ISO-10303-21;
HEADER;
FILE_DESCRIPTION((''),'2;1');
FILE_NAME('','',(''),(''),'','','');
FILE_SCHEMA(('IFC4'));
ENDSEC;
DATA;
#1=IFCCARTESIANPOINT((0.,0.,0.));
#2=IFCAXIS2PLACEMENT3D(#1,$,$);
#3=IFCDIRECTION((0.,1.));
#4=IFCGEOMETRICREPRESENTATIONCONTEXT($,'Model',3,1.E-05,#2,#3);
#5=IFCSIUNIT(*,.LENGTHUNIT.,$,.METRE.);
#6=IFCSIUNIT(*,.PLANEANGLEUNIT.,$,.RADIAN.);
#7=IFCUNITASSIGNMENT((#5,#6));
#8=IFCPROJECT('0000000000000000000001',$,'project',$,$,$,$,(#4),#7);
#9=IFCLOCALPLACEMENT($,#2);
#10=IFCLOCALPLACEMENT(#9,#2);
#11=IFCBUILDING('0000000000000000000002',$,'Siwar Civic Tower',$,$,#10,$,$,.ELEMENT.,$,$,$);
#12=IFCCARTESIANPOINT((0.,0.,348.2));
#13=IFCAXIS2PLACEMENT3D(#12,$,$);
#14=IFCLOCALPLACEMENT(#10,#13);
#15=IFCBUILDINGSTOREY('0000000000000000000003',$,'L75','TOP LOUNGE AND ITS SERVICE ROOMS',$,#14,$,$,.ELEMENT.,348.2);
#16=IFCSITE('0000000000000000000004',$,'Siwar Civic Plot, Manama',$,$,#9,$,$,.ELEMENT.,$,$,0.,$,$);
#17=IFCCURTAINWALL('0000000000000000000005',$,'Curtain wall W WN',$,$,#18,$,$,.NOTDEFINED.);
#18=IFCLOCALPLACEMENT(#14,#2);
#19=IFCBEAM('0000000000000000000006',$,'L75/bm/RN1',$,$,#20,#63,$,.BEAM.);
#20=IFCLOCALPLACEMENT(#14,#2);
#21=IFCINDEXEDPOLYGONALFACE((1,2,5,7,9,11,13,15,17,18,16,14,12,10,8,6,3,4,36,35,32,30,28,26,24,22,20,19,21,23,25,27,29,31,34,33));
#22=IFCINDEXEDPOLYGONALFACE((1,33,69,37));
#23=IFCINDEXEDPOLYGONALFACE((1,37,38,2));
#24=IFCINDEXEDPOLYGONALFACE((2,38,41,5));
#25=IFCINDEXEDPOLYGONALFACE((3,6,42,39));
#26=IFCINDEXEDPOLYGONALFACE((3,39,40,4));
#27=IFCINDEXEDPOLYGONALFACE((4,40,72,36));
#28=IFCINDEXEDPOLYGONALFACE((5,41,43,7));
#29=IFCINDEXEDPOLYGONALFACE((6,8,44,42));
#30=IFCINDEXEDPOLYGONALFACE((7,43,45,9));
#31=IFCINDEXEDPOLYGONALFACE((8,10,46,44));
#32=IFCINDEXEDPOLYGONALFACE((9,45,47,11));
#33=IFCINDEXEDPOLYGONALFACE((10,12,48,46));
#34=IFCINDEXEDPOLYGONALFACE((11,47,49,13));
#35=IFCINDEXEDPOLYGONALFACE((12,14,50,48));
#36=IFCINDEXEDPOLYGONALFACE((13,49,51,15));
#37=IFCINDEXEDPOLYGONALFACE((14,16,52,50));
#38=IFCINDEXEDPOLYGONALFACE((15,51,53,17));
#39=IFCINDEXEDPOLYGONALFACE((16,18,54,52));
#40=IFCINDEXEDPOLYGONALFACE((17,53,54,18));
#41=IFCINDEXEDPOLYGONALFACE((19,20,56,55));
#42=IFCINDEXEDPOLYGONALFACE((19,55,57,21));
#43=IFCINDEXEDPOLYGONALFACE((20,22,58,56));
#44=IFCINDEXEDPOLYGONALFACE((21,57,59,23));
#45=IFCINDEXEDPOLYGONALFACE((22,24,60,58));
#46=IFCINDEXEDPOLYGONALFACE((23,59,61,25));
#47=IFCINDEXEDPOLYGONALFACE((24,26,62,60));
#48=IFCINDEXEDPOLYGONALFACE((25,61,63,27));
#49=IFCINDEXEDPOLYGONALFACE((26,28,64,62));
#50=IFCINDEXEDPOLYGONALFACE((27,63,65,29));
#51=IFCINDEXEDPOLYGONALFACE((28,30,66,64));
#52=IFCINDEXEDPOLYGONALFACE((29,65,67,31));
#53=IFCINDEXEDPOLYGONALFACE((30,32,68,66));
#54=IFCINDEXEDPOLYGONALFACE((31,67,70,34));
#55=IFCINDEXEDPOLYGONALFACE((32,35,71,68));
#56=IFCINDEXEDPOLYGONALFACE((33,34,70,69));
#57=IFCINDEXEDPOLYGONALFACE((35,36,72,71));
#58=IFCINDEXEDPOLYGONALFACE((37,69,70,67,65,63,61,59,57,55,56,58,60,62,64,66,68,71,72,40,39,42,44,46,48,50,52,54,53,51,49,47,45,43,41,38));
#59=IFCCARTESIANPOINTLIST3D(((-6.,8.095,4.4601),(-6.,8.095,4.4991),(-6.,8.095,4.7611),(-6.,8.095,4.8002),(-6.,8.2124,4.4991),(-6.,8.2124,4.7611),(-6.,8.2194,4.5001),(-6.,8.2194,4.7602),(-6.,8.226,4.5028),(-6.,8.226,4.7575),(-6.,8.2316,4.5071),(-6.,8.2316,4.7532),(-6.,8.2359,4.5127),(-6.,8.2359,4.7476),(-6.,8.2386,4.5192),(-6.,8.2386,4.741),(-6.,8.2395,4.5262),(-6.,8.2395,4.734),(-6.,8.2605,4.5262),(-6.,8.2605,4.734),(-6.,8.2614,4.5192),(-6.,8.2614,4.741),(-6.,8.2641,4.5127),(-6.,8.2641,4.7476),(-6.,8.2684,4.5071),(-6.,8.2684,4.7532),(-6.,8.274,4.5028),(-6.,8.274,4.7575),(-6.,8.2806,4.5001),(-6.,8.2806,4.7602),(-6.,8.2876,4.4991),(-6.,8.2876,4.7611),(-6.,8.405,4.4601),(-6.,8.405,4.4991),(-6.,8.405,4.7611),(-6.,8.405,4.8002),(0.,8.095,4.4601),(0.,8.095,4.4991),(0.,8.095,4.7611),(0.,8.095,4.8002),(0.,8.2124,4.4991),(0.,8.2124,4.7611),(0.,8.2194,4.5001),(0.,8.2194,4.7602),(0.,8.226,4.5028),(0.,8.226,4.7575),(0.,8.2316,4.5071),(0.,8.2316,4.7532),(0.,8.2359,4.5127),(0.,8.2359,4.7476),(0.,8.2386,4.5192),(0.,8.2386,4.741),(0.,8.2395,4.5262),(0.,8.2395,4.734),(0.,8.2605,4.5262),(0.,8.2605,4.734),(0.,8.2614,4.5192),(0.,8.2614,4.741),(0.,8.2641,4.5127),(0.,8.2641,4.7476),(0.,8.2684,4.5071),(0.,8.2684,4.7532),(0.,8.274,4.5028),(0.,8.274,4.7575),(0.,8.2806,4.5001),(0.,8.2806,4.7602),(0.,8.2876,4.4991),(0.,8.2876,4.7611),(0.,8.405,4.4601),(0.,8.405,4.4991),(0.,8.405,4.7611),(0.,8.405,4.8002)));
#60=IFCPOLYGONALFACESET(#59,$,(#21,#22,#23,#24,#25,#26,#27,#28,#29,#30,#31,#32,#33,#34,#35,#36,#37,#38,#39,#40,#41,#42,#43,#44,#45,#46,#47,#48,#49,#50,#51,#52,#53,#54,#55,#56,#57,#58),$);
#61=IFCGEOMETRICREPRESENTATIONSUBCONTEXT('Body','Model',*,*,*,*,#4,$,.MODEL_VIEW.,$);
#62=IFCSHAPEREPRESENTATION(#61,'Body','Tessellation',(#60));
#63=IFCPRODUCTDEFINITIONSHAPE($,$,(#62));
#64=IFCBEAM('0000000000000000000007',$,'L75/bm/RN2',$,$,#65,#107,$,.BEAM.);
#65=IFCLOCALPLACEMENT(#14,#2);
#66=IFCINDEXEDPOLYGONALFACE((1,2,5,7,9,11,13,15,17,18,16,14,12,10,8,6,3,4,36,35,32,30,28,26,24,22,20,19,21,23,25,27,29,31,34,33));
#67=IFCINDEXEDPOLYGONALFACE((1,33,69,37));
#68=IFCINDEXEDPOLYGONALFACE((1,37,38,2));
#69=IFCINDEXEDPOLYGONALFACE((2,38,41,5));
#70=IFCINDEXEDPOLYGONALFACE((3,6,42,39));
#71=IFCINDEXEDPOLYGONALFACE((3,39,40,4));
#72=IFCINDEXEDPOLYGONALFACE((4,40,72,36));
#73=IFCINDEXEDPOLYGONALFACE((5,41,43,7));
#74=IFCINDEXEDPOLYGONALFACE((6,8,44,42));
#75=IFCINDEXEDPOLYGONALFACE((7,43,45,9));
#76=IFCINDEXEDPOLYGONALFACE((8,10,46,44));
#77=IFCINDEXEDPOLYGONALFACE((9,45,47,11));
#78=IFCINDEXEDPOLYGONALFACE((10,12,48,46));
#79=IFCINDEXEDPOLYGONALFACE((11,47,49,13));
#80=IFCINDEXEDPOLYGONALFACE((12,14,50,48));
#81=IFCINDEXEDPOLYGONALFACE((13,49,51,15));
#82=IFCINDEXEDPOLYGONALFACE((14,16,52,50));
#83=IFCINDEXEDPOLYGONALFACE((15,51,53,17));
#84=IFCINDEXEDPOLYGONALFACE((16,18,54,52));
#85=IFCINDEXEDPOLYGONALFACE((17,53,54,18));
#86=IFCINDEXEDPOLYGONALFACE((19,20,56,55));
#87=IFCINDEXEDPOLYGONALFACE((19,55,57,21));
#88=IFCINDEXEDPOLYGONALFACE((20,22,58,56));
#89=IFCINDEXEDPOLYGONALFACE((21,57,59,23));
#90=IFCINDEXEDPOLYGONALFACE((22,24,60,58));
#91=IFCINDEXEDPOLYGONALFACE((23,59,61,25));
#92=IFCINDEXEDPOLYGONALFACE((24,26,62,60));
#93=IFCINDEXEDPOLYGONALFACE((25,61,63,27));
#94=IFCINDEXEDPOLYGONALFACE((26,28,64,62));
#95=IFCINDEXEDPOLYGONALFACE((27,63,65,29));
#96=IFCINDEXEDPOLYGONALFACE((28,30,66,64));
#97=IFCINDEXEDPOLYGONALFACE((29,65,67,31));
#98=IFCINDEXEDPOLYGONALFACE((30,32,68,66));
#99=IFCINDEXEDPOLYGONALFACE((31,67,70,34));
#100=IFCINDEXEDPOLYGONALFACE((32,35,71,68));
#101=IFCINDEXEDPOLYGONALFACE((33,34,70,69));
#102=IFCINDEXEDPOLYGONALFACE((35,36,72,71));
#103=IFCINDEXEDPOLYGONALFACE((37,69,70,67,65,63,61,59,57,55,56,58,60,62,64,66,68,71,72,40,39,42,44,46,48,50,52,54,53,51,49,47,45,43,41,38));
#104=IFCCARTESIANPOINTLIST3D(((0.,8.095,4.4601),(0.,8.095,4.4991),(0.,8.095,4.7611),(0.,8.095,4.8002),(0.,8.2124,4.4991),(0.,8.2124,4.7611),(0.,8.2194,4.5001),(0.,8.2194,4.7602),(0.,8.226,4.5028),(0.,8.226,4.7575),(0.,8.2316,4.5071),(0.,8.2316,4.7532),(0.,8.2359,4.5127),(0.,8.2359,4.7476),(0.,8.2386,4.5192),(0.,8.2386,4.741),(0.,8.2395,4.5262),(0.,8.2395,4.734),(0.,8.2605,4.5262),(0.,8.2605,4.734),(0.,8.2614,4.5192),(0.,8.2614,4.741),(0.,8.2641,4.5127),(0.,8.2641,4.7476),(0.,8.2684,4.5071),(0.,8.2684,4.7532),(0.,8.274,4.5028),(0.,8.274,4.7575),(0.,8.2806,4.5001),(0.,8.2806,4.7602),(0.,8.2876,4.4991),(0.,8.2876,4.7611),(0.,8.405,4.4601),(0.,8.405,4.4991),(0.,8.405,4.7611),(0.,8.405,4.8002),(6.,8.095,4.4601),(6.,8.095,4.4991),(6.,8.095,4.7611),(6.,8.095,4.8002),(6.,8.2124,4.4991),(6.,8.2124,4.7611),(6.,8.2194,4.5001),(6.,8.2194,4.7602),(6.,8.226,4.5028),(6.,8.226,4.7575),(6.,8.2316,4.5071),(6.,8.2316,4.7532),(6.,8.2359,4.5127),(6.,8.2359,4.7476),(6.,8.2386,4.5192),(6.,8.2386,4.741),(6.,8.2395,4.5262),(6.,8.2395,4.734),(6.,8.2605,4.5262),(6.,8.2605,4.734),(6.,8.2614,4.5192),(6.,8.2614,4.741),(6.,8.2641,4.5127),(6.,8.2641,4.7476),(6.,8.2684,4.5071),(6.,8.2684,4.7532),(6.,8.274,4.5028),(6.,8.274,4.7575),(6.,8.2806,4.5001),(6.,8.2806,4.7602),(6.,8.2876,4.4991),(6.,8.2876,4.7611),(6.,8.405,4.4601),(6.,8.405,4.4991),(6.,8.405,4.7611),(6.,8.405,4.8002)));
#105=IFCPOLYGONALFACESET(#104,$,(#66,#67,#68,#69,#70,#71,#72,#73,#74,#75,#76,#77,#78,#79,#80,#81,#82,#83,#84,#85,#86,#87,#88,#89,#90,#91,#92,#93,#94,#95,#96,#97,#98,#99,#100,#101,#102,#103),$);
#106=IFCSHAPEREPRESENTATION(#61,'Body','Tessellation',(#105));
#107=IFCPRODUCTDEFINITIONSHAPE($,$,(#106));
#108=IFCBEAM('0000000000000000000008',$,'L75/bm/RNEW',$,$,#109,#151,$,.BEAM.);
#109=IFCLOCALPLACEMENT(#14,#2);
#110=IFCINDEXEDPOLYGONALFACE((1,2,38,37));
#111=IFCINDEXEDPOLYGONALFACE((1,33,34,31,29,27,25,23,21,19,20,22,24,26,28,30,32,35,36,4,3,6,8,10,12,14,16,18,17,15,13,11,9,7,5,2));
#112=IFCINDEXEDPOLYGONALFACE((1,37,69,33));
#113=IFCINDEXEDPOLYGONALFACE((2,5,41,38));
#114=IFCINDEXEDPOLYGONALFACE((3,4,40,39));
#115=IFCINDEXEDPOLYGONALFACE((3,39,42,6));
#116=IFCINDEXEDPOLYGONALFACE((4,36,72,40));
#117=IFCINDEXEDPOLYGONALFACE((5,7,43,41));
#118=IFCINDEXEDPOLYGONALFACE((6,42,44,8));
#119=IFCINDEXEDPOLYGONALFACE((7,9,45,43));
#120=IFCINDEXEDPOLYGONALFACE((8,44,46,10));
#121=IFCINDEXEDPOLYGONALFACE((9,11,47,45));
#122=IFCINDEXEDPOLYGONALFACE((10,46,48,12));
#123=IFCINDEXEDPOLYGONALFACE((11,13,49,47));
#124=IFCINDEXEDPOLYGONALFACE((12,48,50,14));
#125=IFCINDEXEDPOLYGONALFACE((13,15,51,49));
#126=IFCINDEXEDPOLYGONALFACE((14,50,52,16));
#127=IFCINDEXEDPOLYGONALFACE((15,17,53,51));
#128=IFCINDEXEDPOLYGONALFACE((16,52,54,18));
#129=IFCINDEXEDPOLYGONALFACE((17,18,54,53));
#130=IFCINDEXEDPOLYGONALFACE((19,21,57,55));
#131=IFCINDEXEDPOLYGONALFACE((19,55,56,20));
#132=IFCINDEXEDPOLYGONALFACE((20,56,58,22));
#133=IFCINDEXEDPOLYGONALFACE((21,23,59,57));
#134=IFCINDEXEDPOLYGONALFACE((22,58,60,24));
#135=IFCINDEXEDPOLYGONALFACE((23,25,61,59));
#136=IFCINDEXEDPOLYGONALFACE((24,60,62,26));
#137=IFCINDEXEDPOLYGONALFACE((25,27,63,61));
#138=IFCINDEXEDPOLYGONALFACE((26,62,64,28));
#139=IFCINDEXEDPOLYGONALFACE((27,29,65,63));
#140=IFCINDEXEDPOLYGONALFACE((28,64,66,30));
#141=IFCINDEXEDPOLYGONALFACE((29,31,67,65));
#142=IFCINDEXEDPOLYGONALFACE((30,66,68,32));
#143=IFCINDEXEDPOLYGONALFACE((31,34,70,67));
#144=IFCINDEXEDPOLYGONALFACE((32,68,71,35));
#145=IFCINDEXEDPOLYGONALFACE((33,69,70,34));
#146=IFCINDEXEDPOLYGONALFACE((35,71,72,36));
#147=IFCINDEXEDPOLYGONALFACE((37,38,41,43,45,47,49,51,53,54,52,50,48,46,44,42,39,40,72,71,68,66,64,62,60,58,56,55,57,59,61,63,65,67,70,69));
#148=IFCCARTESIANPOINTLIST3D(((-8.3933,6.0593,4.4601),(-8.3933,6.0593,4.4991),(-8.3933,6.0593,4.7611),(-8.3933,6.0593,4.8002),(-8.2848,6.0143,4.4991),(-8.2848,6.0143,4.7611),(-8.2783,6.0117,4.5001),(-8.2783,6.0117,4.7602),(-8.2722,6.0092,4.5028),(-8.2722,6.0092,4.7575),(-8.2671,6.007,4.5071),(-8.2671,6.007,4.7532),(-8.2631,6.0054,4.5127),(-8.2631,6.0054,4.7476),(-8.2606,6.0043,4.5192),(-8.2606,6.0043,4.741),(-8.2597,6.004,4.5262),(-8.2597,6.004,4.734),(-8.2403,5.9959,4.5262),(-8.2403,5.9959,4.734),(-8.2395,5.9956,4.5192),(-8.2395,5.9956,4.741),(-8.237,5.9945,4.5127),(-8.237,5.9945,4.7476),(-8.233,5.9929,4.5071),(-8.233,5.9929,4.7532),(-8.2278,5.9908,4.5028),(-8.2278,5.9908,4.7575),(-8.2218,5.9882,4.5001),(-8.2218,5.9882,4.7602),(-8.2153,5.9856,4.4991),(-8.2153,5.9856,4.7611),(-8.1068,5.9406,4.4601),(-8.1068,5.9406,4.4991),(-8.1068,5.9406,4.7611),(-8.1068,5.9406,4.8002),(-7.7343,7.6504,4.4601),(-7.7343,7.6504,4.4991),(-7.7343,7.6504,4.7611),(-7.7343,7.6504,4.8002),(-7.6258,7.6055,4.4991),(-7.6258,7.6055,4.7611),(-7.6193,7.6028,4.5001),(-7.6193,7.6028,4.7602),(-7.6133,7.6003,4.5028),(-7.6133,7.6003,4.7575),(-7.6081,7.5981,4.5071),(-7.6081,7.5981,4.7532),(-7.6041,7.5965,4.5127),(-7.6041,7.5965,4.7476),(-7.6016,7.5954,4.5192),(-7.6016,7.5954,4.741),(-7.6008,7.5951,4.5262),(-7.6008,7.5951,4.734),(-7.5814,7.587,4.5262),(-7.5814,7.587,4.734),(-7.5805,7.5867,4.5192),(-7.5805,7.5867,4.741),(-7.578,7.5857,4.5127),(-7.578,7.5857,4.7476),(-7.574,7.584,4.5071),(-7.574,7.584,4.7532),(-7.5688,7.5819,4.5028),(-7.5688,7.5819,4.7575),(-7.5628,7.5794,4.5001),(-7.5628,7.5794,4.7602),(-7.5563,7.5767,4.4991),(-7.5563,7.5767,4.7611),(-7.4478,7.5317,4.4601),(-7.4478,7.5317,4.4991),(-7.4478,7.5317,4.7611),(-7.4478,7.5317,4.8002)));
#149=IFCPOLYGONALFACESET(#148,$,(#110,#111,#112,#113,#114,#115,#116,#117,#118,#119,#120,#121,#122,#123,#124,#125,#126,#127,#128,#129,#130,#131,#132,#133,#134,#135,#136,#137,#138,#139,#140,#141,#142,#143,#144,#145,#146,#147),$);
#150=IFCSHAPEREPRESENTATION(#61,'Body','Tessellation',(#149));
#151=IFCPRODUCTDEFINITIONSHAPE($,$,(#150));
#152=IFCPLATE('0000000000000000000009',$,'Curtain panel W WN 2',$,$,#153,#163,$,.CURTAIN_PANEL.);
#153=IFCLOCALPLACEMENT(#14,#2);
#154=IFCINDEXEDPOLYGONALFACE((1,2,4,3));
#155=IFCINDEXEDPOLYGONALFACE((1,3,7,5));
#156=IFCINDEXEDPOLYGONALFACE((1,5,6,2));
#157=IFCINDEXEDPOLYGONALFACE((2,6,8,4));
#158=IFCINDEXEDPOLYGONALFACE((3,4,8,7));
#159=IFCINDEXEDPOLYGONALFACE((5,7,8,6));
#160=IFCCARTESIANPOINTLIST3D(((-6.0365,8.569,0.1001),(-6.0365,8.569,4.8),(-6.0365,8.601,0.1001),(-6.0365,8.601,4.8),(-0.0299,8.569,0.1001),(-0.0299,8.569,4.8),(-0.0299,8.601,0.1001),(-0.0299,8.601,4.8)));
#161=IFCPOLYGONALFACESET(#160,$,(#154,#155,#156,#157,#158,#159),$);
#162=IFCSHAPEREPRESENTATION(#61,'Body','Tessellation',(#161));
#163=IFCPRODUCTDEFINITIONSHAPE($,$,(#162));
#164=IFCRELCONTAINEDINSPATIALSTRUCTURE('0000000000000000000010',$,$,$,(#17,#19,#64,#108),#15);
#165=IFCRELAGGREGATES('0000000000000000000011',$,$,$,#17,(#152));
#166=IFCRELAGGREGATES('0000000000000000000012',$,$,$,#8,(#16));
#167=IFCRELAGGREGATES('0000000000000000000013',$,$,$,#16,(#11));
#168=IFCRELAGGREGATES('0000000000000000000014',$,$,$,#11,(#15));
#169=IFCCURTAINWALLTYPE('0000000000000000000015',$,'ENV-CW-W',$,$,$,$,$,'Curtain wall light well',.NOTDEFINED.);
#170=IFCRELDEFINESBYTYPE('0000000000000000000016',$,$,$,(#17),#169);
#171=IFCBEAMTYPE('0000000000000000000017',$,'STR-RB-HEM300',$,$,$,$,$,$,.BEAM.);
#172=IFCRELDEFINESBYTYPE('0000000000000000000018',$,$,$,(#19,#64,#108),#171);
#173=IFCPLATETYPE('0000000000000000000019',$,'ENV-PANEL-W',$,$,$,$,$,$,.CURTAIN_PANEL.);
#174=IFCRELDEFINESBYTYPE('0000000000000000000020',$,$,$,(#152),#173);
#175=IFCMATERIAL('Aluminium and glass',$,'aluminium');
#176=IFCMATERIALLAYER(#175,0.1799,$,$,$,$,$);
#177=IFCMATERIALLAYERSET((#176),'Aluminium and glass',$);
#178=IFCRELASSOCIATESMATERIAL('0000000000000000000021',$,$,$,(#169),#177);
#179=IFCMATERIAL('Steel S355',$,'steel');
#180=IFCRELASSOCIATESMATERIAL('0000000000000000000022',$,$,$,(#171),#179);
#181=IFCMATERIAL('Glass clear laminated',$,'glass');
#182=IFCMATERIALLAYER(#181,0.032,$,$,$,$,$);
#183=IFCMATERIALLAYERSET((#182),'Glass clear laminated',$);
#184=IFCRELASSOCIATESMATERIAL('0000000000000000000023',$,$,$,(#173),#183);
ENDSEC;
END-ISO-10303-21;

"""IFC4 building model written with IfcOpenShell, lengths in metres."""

from ifc_helpers import new_model, si_unit, direction, frame, origin, origin_2d, place, context, subcontext, project, spatial, rectangle, i_section, extrude, material, layer, layer_set, material_profile, profile_set, type_object, element, aggregate, save


model = new_model("IFC4")

# Units and contexts
model_context = context("Model", 3, precision=1e-05, world=origin(), true_north=direction((0.0, 1.0)))
body_context = subcontext(model_context, "Body", "Model", "MODEL_VIEW")
ifc_project = project(units=[si_unit("LENGTHUNIT", "METRE"), si_unit("PLANEANGLEUNIT", "RADIAN")], contexts=[model_context])

# Site, building, storey
site_placement = place(None, origin())
site = spatial("IfcSite", under=ifc_project, at=site_placement, Name="Siwar Civic Plot, Manama", CompositionType="ELEMENT", RefElevation=0.0)
building_placement = place(site_placement, origin())
building = spatial("IfcBuilding", under=site, at=building_placement, Name="Siwar Civic Tower", CompositionType="ELEMENT")
storey_placement = place(building_placement, frame((0.0, 0.0, 348.2)))
storey = spatial("IfcBuildingStorey", under=building, at=storey_placement, Name="L75", Description="TOP LOUNGE AND ITS SERVICE ROOMS", CompositionType="ELEMENT", Elevation=348.2)

# Curtain wall
ifc_material_1 = material(Name="Aluminium and glass", Category="aluminium")
ifc_layer_1 = layer(ifc_material_1, 0.1799)
ifc_layer_set_1 = layer_set([ifc_layer_1], Name="Aluminium and glass")
curtain_wall_type = type_object("IfcCurtainWallType", Name="ENV-CW-W", ElementType="Curtain wall light well", PredefinedType="NOTDEFINED", material=ifc_layer_set_1)
curtain_wall_placement = place(storey_placement, origin())
curtain_wall = element("IfcCurtainWall", 1, at=curtain_wall_placement, inside=storey, type_object=curtain_wall_type, Name="Curtain wall W WN", PredefinedType="NOTDEFINED")

# Beams
ifc_material_2 = material(Name="Steel S355", Category="steel")
ifc_material_profile_1 = material_profile(ifc_material_2, i_section(OverallWidth=0.3101, OverallDepth=0.3401, WebThickness=0.021, FlangeThickness=0.0391, FilletRadius=0.0271, at=origin_2d()), Name="HEM300")
ifc_profile_set_1 = profile_set([ifc_material_profile_1], Name="Steel S355")
beam_type_1 = type_object("IfcBeamType", Name="STR-RB-HEM300", PredefinedType="BEAM", material=ifc_profile_set_1)
for number, where, z_axis, x_axis, name in (
    (2, (-6.0, 8.25, 4.6301), (1.0, 0.0, 0.0), (0.0, 1.0, 0.0), "L75/bm/RN1"),
    (3, (0.0, 8.25, 4.6301), (1.0, 0.0, 0.0), (0.0, 1.0, 0.0), "L75/bm/RN2"),
):
    element("IfcBeam", number, at=place(storey_placement, frame(where, z_axis=z_axis, x_axis=x_axis)), inside=storey, type_object=beam_type_1, Name=name, PredefinedType="BEAM", context=body_context, shape_type="SweptSolid", body=[
        extrude(i_section(OverallWidth=0.3101, OverallDepth=0.3401, WebThickness=0.021, FlangeThickness=0.0391, FilletRadius=0.0271, at=origin_2d()), origin(), (0.0, 0.0, 1.0), 6.0),
    ])
beam_1_placement = place(storey_placement, frame((-7.5911, 7.5911, 4.6301), z_axis=(-0.382631, -0.923901, 0.0), x_axis=(0.923901, -0.382631, 0.0)))
element("IfcBeam", 4, at=beam_1_placement, inside=storey, type_object=beam_type_1, Name="L75/bm/RNEW", PredefinedType="BEAM", context=body_context, shape_type="SweptSolid", body=[
    extrude(i_section(OverallWidth=0.3101, OverallDepth=0.3401, WebThickness=0.021, FlangeThickness=0.0391, FilletRadius=0.0271, at=origin_2d()), origin(), (0.0, 0.0, 1.0), 1.7222),
])

# Plate
ifc_material_3 = material(Name="Glass clear laminated", Category="glass")
ifc_layer_2 = layer(ifc_material_3, 0.032)
ifc_layer_set_2 = layer_set([ifc_layer_2], Name="Glass clear laminated")
plate_type = type_object("IfcPlateType", Name="ENV-PANEL-W", PredefinedType="CURTAIN_PANEL", material=ifc_layer_set_2)
plate_placement = place(storey_placement, frame((-3.0332, 8.585, 0.1001), z_axis=(0.0, 0.0, 1.0), x_axis=(-1.0, 0.0, 0.0)))
plate = element("IfcPlate", 5, at=plate_placement, type_object=plate_type, Name="Curtain panel W WN 2", PredefinedType="CURTAIN_PANEL", context=body_context, shape_type="SweptSolid", body=[
    extrude(rectangle(XDim=6.0066, YDim=0.032, at=origin_2d()), origin(), (0.0, 0.0, 1.0), 4.7),
])
aggregate(curtain_wall, [plate])

save(model, "model.ifc")
